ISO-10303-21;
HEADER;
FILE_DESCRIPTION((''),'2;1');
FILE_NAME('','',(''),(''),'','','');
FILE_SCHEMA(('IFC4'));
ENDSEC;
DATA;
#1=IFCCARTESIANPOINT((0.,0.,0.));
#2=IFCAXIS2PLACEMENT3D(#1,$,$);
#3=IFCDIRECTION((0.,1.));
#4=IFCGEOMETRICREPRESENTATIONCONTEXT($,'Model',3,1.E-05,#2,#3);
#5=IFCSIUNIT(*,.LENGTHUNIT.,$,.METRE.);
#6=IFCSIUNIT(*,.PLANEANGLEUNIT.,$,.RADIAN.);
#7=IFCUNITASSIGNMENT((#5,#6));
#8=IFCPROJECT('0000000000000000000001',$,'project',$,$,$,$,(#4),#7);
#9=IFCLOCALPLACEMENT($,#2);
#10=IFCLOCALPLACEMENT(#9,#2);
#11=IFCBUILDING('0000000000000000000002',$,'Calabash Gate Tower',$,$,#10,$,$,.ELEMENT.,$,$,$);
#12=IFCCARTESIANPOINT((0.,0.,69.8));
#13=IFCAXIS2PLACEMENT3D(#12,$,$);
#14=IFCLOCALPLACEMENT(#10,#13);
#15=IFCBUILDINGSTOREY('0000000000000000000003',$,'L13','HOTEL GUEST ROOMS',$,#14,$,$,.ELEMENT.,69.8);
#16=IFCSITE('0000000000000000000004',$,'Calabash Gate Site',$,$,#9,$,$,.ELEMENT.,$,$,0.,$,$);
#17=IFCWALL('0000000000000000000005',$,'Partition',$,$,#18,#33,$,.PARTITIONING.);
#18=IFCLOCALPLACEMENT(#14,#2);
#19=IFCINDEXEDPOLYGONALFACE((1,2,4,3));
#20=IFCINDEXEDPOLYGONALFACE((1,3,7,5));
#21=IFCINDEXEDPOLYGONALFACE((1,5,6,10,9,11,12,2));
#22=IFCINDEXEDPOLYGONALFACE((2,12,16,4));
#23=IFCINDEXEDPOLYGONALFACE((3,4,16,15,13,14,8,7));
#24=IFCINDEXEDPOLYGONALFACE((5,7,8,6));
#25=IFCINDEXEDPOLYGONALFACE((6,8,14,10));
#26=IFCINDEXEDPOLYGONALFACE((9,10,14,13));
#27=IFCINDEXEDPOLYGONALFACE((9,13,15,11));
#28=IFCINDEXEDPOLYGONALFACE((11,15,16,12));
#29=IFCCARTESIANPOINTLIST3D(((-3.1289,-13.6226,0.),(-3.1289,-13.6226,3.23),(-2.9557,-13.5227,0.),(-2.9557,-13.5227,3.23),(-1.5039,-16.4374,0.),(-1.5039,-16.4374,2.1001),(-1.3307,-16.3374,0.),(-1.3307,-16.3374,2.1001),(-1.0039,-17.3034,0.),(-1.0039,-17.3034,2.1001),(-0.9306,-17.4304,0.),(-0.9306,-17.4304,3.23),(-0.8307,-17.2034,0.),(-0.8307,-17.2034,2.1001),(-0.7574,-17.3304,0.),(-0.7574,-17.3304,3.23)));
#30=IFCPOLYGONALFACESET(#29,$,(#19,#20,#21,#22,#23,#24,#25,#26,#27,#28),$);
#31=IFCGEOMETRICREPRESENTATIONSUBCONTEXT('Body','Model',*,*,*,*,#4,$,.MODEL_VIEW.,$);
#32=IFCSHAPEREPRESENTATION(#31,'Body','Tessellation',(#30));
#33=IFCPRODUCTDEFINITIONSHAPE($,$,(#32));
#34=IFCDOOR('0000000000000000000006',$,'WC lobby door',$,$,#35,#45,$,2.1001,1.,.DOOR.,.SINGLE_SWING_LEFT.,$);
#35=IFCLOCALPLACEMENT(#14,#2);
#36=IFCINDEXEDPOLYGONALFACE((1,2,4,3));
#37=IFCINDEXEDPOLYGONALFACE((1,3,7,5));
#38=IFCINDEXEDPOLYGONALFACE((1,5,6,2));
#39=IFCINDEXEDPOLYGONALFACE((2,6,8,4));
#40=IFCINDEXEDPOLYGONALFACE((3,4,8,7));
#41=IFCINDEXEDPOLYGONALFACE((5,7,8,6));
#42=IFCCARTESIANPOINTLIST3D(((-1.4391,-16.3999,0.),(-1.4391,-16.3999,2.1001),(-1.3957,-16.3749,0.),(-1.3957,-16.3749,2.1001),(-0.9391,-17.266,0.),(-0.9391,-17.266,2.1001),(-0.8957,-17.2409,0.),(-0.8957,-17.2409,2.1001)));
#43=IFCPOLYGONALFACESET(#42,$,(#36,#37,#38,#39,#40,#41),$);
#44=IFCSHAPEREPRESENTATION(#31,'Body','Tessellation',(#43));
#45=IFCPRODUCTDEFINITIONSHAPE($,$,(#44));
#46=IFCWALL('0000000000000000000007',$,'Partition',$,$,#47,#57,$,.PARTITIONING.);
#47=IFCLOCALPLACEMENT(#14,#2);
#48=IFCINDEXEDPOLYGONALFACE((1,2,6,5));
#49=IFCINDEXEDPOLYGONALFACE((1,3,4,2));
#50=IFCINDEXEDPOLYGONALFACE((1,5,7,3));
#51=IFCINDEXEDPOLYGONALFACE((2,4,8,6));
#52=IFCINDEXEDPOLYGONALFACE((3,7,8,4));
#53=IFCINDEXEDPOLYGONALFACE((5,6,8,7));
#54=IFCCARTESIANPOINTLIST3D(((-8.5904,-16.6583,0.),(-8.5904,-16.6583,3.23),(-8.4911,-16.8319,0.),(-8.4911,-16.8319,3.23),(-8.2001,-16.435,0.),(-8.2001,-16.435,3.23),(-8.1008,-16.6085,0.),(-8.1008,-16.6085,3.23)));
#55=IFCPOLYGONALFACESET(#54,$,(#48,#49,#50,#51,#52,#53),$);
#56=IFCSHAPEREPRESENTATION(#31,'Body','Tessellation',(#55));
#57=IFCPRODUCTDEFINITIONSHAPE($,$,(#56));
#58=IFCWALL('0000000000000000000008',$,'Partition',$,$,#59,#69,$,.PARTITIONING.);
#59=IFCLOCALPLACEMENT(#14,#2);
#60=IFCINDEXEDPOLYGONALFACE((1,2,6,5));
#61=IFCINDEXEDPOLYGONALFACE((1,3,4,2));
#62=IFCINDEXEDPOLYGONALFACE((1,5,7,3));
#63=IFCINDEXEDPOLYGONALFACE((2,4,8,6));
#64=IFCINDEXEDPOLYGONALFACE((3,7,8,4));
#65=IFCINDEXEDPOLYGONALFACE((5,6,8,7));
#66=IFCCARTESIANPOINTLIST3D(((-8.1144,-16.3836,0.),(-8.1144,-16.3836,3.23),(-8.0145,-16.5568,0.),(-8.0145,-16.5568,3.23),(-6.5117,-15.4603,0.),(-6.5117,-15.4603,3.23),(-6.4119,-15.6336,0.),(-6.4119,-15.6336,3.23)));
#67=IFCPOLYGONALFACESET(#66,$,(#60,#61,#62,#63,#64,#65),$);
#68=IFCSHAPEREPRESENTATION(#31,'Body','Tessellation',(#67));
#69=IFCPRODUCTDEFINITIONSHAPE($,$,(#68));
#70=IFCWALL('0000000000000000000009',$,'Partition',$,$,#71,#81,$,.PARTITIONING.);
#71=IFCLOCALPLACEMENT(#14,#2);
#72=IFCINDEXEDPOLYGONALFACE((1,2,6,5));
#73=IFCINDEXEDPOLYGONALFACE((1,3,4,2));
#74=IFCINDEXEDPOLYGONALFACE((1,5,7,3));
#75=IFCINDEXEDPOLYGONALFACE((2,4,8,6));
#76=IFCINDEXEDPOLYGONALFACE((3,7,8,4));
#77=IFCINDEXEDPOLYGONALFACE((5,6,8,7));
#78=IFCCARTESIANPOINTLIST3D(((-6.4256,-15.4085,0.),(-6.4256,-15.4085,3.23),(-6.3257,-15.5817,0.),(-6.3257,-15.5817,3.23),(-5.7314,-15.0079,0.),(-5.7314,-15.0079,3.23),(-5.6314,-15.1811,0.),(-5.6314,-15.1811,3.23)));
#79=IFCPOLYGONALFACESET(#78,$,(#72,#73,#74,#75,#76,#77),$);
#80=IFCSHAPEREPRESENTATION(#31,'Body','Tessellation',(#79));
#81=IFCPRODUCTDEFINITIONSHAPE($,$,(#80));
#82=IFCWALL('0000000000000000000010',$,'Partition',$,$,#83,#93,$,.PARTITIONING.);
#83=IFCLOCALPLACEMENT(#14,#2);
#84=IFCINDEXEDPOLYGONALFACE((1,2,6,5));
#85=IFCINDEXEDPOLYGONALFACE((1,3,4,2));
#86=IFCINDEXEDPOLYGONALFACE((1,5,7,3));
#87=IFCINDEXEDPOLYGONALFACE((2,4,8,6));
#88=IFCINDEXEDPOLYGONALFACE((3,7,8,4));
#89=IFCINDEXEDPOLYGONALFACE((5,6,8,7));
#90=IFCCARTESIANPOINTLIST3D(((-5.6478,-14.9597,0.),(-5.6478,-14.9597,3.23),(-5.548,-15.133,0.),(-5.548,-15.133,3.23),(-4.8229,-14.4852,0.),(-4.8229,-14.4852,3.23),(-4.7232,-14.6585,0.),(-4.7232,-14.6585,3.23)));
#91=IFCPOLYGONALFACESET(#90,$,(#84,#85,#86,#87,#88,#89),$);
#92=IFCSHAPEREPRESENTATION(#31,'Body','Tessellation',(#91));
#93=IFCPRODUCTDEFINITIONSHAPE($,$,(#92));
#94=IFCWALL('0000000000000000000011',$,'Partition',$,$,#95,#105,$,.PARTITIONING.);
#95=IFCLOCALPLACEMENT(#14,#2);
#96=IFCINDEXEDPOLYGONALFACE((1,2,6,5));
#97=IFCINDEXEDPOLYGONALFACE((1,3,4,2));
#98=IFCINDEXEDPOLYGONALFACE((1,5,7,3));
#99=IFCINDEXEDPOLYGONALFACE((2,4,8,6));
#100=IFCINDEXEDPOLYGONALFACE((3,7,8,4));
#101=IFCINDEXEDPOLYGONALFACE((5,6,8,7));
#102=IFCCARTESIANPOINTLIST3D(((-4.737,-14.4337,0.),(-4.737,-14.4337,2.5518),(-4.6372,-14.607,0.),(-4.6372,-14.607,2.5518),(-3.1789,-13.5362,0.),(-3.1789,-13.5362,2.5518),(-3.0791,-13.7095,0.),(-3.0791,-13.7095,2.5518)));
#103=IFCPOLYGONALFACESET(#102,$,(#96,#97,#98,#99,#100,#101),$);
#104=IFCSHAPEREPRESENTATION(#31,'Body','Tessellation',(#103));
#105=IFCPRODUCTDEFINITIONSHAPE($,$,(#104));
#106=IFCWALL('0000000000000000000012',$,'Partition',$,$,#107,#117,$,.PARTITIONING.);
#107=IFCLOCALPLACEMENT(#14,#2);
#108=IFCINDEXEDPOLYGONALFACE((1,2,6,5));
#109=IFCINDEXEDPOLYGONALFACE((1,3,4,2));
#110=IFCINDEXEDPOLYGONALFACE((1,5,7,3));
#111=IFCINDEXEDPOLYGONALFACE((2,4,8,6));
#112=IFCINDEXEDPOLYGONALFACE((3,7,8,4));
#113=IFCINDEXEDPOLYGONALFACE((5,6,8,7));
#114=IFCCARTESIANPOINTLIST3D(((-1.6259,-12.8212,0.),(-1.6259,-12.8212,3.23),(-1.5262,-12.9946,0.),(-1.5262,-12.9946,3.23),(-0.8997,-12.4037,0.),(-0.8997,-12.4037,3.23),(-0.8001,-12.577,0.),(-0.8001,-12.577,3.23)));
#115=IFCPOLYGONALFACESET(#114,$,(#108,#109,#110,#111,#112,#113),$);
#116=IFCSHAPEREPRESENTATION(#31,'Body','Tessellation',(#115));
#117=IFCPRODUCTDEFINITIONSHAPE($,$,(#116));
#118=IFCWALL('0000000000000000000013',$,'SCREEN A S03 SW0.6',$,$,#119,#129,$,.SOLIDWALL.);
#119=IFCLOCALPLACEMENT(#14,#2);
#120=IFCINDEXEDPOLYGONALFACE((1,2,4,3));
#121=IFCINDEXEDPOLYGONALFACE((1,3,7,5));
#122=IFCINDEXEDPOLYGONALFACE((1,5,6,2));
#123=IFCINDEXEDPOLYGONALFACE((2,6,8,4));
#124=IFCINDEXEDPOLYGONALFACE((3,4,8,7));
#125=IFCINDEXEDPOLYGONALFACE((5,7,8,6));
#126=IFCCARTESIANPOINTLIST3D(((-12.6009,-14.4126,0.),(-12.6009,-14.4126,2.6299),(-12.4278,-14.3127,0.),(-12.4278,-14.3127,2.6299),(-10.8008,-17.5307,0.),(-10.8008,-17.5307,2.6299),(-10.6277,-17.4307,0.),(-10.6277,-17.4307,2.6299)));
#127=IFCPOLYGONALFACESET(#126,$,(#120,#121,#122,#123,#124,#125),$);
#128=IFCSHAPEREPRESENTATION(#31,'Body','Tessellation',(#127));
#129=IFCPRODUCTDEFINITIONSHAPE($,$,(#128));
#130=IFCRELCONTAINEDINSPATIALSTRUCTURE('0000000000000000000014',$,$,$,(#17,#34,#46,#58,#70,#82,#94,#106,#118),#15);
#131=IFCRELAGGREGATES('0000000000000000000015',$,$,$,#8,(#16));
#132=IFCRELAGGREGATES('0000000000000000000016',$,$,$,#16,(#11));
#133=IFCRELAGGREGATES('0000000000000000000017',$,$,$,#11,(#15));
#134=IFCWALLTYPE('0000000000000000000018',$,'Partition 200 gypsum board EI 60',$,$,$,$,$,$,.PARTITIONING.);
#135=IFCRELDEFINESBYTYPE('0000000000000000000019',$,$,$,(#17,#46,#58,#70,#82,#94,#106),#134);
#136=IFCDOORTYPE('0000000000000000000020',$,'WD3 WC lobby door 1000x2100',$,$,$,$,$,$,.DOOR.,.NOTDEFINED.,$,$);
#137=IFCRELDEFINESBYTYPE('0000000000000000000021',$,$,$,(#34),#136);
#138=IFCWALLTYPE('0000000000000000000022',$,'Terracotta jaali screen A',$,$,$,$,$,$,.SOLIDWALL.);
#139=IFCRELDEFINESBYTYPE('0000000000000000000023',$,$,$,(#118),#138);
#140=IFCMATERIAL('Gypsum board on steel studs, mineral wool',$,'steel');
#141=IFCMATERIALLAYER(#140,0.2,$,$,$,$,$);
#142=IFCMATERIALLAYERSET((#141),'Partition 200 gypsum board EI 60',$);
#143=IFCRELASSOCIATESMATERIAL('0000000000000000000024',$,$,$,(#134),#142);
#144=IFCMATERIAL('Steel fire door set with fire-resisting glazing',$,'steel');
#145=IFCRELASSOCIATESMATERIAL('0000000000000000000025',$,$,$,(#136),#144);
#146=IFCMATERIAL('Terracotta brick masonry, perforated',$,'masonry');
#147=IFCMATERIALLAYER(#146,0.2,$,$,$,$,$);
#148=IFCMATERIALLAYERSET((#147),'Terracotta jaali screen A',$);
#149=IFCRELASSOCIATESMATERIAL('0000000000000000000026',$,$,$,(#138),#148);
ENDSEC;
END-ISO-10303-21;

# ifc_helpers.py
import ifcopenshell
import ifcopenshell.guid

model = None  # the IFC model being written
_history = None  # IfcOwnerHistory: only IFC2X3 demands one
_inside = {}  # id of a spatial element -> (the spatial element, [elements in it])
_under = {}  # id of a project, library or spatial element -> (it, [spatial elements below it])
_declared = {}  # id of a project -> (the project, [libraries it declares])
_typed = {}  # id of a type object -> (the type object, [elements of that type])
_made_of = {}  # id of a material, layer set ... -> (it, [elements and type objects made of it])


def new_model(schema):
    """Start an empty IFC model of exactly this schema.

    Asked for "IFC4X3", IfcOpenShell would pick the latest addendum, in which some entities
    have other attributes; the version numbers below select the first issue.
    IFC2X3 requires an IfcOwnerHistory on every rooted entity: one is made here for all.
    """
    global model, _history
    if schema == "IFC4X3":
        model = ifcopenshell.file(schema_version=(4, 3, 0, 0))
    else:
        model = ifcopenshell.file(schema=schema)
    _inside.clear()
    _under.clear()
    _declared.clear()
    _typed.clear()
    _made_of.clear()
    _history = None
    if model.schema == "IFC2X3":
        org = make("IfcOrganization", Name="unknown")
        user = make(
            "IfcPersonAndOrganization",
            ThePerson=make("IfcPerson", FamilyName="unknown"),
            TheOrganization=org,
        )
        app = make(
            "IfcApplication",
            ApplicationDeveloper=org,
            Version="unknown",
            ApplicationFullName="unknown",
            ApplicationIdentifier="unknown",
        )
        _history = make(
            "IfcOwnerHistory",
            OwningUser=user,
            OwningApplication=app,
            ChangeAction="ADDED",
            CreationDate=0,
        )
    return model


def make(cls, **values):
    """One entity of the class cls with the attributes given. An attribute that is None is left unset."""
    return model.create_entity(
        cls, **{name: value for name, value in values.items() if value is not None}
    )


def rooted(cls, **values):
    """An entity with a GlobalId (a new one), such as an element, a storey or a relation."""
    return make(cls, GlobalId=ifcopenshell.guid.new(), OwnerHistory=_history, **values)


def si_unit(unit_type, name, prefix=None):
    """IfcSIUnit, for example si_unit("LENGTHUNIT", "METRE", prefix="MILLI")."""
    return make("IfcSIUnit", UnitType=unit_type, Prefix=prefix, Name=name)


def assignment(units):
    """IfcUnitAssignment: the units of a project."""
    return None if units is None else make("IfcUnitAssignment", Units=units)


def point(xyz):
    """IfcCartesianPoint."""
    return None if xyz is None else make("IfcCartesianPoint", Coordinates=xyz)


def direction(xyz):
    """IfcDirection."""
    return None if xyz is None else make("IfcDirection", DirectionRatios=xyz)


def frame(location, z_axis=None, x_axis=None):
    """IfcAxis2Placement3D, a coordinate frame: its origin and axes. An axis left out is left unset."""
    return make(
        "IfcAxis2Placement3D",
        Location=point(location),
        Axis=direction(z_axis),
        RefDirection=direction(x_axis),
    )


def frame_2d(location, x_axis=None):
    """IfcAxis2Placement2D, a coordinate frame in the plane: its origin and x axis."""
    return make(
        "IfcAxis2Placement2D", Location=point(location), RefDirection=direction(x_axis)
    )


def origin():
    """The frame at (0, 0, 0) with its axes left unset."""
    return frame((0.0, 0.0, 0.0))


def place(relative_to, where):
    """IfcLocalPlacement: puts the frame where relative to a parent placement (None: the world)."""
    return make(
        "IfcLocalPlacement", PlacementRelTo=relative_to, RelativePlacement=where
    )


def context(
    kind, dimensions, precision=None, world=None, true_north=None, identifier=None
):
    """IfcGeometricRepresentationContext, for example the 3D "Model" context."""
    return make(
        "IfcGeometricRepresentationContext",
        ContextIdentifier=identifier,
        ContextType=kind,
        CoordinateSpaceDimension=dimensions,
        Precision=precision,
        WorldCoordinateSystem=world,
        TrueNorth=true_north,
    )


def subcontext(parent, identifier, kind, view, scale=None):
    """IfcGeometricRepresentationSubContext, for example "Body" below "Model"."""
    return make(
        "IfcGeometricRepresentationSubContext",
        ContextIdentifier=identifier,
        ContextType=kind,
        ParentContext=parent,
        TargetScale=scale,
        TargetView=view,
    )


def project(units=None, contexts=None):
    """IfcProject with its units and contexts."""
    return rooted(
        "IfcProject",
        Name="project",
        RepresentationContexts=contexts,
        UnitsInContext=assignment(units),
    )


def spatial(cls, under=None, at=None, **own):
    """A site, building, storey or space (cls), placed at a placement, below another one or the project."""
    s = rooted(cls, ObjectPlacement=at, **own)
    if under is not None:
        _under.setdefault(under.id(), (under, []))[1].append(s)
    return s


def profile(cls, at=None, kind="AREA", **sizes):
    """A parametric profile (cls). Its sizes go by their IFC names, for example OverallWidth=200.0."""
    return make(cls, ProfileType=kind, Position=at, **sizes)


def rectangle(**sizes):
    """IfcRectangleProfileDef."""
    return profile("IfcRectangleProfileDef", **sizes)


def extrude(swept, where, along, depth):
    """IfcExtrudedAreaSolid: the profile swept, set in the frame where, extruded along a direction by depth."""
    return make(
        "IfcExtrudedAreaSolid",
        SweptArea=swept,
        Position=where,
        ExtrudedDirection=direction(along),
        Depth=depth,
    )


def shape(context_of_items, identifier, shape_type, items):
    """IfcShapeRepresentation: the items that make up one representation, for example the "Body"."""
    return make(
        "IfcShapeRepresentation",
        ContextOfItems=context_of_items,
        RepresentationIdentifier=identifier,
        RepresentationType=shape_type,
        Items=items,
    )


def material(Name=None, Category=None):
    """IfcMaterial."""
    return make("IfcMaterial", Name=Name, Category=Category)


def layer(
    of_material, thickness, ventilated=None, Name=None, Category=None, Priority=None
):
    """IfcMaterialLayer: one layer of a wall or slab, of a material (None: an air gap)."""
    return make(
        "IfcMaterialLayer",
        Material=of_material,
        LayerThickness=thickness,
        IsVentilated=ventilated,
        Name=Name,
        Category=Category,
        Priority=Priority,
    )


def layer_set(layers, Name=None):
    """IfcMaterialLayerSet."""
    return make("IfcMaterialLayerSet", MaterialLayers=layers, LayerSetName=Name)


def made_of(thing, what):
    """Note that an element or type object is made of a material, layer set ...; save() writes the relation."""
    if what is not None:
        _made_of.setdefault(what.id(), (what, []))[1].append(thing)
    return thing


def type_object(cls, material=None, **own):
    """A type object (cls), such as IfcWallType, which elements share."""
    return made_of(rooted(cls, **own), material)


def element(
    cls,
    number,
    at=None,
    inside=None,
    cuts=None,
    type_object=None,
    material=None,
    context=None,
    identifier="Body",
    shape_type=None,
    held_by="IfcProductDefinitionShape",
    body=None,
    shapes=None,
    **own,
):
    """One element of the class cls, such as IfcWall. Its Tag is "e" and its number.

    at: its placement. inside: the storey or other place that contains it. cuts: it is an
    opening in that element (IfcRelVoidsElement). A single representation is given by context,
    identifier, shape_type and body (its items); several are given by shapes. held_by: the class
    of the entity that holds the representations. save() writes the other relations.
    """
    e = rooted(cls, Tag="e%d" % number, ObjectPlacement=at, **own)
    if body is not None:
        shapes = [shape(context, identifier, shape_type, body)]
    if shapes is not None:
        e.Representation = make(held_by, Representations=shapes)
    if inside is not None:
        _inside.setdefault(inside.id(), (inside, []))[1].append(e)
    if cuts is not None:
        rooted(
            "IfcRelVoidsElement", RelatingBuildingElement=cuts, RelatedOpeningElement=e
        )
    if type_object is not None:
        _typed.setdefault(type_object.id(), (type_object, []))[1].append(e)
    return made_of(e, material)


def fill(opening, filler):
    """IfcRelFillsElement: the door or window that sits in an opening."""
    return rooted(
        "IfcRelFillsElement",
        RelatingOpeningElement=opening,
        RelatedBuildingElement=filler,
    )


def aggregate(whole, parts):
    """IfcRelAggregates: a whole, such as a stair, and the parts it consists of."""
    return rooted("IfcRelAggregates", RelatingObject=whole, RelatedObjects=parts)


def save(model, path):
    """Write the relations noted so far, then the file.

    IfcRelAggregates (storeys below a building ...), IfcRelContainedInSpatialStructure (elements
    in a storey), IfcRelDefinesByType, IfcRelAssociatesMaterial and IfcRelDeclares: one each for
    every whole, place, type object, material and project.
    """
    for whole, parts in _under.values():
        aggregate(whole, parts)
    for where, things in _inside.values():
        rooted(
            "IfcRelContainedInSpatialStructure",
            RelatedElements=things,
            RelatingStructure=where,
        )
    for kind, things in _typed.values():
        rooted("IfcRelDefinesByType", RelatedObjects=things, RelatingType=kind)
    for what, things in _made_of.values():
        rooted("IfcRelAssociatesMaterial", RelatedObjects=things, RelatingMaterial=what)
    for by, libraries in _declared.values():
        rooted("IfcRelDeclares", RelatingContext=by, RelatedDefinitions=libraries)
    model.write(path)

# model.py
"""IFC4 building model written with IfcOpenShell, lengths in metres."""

from ifc_helpers import new_model, si_unit, direction, frame, frame_2d, origin, place, context, subcontext, project, spatial, rectangle, extrude, material, layer, layer_set, type_object, element, fill, save


model = new_model("IFC4")

# Units and contexts
model_context = context("Model", 3, precision=1e-05, world=origin(), true_north=direction((0.0, 1.0)))
body_context = subcontext(model_context, "Body", "Model", "MODEL_VIEW")
ifc_project = project(units=[si_unit("LENGTHUNIT", "METRE"), si_unit("PLANEANGLEUNIT", "RADIAN")], contexts=[model_context])

# Site, building, storey
site_placement = place(None, origin())
site = spatial("IfcSite", under=ifc_project, at=site_placement, Name="Calabash Gate Site", CompositionType="ELEMENT", RefElevation=0.0)
building_placement = place(site_placement, origin())
building = spatial("IfcBuilding", under=site, at=building_placement, Name="Calabash Gate Tower", CompositionType="ELEMENT")
storey_placement = place(building_placement, frame((0.0, 0.0, 69.8)))
storey = spatial("IfcBuildingStorey", under=building, at=storey_placement, Name="L13", Description="HOTEL GUEST ROOMS", CompositionType="ELEMENT", Elevation=69.8)

# Shared definitions
ifc_material_1 = material(Name="Gypsum board on steel studs, mineral wool", Category="steel")
ifc_layer_1 = layer(ifc_material_1, 0.2)
ifc_layer_set_1 = layer_set([ifc_layer_1], Name="Partition 200 gypsum board EI 60")
wall_type_1 = type_object("IfcWallType", Name="Partition 200 gypsum board EI 60", PredefinedType="PARTITIONING", material=ifc_layer_set_1)

# Wall, opening, door
wall_1_placement = place(storey_placement, frame((-3.0422, -13.5728, 0.0), z_axis=(0.0, 0.0, 1.0), x_axis=(0.499985, -0.866034, 0.0)))
wall_1 = element("IfcWall", 1, at=wall_1_placement, inside=storey, type_object=wall_type_1, Name="Partition", PredefinedType="PARTITIONING", context=body_context, shape_type="SweptSolid", body=[
    extrude(rectangle(XDim=4.3967, YDim=0.2, at=frame_2d((2.1982, 0.0))), origin(), (0.0, 0.0, 1.0), 3.23),
])
opening_1_placement = place(wall_1_placement, frame((3.25, 0.0, 0.0)))
opening_1 = element("IfcOpeningElement", 2, at=opening_1_placement, cuts=wall_1, PredefinedType="OPENING", context=body_context, shape_type="SweptSolid", body=[
    extrude(rectangle(XDim=1.0, YDim=2.1001, at=frame_2d((0.5, 1.05))), frame((0.0, 0.1099, 0.0), z_axis=(0.0, -1.0, 0.0), x_axis=(1.0, 0.0, 0.0)), (0.0, 0.0, 1.0), 0.22),
])
ifc_material_2 = material(Name="Steel fire door set with fire-resisting glazing", Category="steel")
door_type_1 = type_object("IfcDoorType", Name="WD3 WC lobby door 1000x2100", OperationType="NOTDEFINED", PredefinedType="DOOR", material=ifc_material_2)
door_1_placement = place(opening_1_placement, origin())
door_1 = element("IfcDoor", 3, at=door_1_placement, inside=storey, type_object=door_type_1, Name="WC lobby door", OperationType="SINGLE_SWING_LEFT", OverallHeight=2.1001, OverallWidth=1.0, PredefinedType="DOOR", context=body_context, shape_type="SweptSolid", body=[
    extrude(rectangle(XDim=1.0, YDim=2.1001, at=frame_2d((0.5, 1.05))), frame((0.0, 0.0249, 0.0), z_axis=(0.0, -1.0, 0.0), x_axis=(1.0, 0.0, 0.0)), (0.0, 0.0, 1.0), 0.05),
])
fill(opening_1, door_1)

# Walls
wall_2_placement = place(storey_placement, frame((-8.5408, -16.7451, 0.0), z_axis=(0.0, 0.0, 1.0), x_axis=(0.867942, 0.496665, 0.0)))
element("IfcWall", 4, at=wall_2_placement, inside=storey, type_object=wall_type_1, Name="Partition", PredefinedType="PARTITIONING", context=body_context, shape_type="SweptSolid", body=[
    extrude(rectangle(XDim=0.4497, YDim=0.2, at=frame_2d((0.2249, 0.0))), origin(), (0.0, 0.0, 1.0), 3.23),
])
wall_3_placement = place(storey_placement, frame((-8.0645, -16.4702, 0.0), z_axis=(0.0, 0.0, 1.0), x_axis=(0.8665, 0.499178, 0.0)))
element("IfcWall", 5, at=wall_3_placement, inside=storey, type_object=wall_type_1, Name="Partition", PredefinedType="PARTITIONING", context=body_context, shape_type="SweptSolid", body=[
    extrude(rectangle(XDim=1.8496, YDim=0.2, at=frame_2d((0.9248, 0.0))), origin(), (0.0, 0.0, 1.0), 3.23),
])
wall_4_placement = place(storey_placement, frame((-6.3757, -15.4951, 0.0), z_axis=(0.0, 0.0, 1.0), x_axis=(0.866155, 0.499775, 0.0)))
element("IfcWall", 6, at=wall_4_placement, inside=storey, type_object=wall_type_1, Name="Partition", PredefinedType="PARTITIONING", context=body_context, shape_type="SweptSolid", body=[
    extrude(rectangle(XDim=0.8015, YDim=0.2, at=frame_2d((0.4009, 0.0))), origin(), (0.0, 0.0, 1.0), 3.23),
])
wall_5_placement = place(storey_placement, frame((-5.5979, -15.0464, 0.0), z_axis=(0.0, 0.0, 1.0), x_axis=(0.866787, 0.498678, 0.0)))
element("IfcWall", 7, at=wall_5_placement, inside=storey, type_object=wall_type_1, Name="Partition", PredefinedType="PARTITIONING", context=body_context, shape_type="SweptSolid", body=[
    extrude(rectangle(XDim=0.9517, YDim=0.2, at=frame_2d((0.4758, 0.0))), origin(), (0.0, 0.0, 1.0), 3.23),
])
wall_6_placement = place(storey_placement, frame((-4.687, -14.5203, 0.0), z_axis=(0.0, 0.0, 1.0), x_axis=(0.866533, 0.499119, 0.0)))
element("IfcWall", 8, at=wall_6_placement, inside=storey, type_object=wall_type_1, Name="Partition", PredefinedType="PARTITIONING", context=body_context, shape_type="SweptSolid", body=[
    extrude(rectangle(XDim=1.7981, YDim=0.2, at=frame_2d((0.8989, 0.0))), origin(), (0.0, 0.0, 1.0), 2.5518),
])
wall_7_placement = place(storey_placement, frame((-1.5762, -12.908, 0.0), z_axis=(0.0, 0.0, 1.0), x_axis=(0.866913, 0.49846, 0.0)))
element("IfcWall", 9, at=wall_7_placement, inside=storey, type_object=wall_type_1, Name="Partition", PredefinedType="PARTITIONING", context=body_context, shape_type="SweptSolid", body=[
    extrude(rectangle(XDim=0.8376, YDim=0.2, at=frame_2d((0.4189, 0.0))), origin(), (0.0, 0.0, 1.0), 3.23),
])
ifc_material_3 = material(Name="Terracotta brick masonry, perforated", Category="masonry")
ifc_layer_2 = layer(ifc_material_3, 0.2)
ifc_layer_set_2 = layer_set([ifc_layer_2], Name="Terracotta jaali screen A")
wall_type_2 = type_object("IfcWallType", Name="Terracotta jaali screen A", PredefinedType="SOLIDWALL", material=ifc_layer_set_2)
wall_8_placement = place(storey_placement, frame((-12.5144, -14.3625, 0.0), z_axis=(0.0, 0.0, 1.0), x_axis=(0.499983, -0.866035, 0.0)))
element("IfcWall", 10, at=wall_8_placement, inside=storey, type_object=wall_type_2, Name="SCREEN A S03 SW0.6", PredefinedType="SOLIDWALL", context=body_context, shape_type="SweptSolid", body=[
    extrude(rectangle(XDim=3.6003, YDim=0.2, at=frame_2d((1.8003, 0.0))), origin(), (0.0, 0.0, 1.0), 2.6299),
])

save(model, "model.ifc")
